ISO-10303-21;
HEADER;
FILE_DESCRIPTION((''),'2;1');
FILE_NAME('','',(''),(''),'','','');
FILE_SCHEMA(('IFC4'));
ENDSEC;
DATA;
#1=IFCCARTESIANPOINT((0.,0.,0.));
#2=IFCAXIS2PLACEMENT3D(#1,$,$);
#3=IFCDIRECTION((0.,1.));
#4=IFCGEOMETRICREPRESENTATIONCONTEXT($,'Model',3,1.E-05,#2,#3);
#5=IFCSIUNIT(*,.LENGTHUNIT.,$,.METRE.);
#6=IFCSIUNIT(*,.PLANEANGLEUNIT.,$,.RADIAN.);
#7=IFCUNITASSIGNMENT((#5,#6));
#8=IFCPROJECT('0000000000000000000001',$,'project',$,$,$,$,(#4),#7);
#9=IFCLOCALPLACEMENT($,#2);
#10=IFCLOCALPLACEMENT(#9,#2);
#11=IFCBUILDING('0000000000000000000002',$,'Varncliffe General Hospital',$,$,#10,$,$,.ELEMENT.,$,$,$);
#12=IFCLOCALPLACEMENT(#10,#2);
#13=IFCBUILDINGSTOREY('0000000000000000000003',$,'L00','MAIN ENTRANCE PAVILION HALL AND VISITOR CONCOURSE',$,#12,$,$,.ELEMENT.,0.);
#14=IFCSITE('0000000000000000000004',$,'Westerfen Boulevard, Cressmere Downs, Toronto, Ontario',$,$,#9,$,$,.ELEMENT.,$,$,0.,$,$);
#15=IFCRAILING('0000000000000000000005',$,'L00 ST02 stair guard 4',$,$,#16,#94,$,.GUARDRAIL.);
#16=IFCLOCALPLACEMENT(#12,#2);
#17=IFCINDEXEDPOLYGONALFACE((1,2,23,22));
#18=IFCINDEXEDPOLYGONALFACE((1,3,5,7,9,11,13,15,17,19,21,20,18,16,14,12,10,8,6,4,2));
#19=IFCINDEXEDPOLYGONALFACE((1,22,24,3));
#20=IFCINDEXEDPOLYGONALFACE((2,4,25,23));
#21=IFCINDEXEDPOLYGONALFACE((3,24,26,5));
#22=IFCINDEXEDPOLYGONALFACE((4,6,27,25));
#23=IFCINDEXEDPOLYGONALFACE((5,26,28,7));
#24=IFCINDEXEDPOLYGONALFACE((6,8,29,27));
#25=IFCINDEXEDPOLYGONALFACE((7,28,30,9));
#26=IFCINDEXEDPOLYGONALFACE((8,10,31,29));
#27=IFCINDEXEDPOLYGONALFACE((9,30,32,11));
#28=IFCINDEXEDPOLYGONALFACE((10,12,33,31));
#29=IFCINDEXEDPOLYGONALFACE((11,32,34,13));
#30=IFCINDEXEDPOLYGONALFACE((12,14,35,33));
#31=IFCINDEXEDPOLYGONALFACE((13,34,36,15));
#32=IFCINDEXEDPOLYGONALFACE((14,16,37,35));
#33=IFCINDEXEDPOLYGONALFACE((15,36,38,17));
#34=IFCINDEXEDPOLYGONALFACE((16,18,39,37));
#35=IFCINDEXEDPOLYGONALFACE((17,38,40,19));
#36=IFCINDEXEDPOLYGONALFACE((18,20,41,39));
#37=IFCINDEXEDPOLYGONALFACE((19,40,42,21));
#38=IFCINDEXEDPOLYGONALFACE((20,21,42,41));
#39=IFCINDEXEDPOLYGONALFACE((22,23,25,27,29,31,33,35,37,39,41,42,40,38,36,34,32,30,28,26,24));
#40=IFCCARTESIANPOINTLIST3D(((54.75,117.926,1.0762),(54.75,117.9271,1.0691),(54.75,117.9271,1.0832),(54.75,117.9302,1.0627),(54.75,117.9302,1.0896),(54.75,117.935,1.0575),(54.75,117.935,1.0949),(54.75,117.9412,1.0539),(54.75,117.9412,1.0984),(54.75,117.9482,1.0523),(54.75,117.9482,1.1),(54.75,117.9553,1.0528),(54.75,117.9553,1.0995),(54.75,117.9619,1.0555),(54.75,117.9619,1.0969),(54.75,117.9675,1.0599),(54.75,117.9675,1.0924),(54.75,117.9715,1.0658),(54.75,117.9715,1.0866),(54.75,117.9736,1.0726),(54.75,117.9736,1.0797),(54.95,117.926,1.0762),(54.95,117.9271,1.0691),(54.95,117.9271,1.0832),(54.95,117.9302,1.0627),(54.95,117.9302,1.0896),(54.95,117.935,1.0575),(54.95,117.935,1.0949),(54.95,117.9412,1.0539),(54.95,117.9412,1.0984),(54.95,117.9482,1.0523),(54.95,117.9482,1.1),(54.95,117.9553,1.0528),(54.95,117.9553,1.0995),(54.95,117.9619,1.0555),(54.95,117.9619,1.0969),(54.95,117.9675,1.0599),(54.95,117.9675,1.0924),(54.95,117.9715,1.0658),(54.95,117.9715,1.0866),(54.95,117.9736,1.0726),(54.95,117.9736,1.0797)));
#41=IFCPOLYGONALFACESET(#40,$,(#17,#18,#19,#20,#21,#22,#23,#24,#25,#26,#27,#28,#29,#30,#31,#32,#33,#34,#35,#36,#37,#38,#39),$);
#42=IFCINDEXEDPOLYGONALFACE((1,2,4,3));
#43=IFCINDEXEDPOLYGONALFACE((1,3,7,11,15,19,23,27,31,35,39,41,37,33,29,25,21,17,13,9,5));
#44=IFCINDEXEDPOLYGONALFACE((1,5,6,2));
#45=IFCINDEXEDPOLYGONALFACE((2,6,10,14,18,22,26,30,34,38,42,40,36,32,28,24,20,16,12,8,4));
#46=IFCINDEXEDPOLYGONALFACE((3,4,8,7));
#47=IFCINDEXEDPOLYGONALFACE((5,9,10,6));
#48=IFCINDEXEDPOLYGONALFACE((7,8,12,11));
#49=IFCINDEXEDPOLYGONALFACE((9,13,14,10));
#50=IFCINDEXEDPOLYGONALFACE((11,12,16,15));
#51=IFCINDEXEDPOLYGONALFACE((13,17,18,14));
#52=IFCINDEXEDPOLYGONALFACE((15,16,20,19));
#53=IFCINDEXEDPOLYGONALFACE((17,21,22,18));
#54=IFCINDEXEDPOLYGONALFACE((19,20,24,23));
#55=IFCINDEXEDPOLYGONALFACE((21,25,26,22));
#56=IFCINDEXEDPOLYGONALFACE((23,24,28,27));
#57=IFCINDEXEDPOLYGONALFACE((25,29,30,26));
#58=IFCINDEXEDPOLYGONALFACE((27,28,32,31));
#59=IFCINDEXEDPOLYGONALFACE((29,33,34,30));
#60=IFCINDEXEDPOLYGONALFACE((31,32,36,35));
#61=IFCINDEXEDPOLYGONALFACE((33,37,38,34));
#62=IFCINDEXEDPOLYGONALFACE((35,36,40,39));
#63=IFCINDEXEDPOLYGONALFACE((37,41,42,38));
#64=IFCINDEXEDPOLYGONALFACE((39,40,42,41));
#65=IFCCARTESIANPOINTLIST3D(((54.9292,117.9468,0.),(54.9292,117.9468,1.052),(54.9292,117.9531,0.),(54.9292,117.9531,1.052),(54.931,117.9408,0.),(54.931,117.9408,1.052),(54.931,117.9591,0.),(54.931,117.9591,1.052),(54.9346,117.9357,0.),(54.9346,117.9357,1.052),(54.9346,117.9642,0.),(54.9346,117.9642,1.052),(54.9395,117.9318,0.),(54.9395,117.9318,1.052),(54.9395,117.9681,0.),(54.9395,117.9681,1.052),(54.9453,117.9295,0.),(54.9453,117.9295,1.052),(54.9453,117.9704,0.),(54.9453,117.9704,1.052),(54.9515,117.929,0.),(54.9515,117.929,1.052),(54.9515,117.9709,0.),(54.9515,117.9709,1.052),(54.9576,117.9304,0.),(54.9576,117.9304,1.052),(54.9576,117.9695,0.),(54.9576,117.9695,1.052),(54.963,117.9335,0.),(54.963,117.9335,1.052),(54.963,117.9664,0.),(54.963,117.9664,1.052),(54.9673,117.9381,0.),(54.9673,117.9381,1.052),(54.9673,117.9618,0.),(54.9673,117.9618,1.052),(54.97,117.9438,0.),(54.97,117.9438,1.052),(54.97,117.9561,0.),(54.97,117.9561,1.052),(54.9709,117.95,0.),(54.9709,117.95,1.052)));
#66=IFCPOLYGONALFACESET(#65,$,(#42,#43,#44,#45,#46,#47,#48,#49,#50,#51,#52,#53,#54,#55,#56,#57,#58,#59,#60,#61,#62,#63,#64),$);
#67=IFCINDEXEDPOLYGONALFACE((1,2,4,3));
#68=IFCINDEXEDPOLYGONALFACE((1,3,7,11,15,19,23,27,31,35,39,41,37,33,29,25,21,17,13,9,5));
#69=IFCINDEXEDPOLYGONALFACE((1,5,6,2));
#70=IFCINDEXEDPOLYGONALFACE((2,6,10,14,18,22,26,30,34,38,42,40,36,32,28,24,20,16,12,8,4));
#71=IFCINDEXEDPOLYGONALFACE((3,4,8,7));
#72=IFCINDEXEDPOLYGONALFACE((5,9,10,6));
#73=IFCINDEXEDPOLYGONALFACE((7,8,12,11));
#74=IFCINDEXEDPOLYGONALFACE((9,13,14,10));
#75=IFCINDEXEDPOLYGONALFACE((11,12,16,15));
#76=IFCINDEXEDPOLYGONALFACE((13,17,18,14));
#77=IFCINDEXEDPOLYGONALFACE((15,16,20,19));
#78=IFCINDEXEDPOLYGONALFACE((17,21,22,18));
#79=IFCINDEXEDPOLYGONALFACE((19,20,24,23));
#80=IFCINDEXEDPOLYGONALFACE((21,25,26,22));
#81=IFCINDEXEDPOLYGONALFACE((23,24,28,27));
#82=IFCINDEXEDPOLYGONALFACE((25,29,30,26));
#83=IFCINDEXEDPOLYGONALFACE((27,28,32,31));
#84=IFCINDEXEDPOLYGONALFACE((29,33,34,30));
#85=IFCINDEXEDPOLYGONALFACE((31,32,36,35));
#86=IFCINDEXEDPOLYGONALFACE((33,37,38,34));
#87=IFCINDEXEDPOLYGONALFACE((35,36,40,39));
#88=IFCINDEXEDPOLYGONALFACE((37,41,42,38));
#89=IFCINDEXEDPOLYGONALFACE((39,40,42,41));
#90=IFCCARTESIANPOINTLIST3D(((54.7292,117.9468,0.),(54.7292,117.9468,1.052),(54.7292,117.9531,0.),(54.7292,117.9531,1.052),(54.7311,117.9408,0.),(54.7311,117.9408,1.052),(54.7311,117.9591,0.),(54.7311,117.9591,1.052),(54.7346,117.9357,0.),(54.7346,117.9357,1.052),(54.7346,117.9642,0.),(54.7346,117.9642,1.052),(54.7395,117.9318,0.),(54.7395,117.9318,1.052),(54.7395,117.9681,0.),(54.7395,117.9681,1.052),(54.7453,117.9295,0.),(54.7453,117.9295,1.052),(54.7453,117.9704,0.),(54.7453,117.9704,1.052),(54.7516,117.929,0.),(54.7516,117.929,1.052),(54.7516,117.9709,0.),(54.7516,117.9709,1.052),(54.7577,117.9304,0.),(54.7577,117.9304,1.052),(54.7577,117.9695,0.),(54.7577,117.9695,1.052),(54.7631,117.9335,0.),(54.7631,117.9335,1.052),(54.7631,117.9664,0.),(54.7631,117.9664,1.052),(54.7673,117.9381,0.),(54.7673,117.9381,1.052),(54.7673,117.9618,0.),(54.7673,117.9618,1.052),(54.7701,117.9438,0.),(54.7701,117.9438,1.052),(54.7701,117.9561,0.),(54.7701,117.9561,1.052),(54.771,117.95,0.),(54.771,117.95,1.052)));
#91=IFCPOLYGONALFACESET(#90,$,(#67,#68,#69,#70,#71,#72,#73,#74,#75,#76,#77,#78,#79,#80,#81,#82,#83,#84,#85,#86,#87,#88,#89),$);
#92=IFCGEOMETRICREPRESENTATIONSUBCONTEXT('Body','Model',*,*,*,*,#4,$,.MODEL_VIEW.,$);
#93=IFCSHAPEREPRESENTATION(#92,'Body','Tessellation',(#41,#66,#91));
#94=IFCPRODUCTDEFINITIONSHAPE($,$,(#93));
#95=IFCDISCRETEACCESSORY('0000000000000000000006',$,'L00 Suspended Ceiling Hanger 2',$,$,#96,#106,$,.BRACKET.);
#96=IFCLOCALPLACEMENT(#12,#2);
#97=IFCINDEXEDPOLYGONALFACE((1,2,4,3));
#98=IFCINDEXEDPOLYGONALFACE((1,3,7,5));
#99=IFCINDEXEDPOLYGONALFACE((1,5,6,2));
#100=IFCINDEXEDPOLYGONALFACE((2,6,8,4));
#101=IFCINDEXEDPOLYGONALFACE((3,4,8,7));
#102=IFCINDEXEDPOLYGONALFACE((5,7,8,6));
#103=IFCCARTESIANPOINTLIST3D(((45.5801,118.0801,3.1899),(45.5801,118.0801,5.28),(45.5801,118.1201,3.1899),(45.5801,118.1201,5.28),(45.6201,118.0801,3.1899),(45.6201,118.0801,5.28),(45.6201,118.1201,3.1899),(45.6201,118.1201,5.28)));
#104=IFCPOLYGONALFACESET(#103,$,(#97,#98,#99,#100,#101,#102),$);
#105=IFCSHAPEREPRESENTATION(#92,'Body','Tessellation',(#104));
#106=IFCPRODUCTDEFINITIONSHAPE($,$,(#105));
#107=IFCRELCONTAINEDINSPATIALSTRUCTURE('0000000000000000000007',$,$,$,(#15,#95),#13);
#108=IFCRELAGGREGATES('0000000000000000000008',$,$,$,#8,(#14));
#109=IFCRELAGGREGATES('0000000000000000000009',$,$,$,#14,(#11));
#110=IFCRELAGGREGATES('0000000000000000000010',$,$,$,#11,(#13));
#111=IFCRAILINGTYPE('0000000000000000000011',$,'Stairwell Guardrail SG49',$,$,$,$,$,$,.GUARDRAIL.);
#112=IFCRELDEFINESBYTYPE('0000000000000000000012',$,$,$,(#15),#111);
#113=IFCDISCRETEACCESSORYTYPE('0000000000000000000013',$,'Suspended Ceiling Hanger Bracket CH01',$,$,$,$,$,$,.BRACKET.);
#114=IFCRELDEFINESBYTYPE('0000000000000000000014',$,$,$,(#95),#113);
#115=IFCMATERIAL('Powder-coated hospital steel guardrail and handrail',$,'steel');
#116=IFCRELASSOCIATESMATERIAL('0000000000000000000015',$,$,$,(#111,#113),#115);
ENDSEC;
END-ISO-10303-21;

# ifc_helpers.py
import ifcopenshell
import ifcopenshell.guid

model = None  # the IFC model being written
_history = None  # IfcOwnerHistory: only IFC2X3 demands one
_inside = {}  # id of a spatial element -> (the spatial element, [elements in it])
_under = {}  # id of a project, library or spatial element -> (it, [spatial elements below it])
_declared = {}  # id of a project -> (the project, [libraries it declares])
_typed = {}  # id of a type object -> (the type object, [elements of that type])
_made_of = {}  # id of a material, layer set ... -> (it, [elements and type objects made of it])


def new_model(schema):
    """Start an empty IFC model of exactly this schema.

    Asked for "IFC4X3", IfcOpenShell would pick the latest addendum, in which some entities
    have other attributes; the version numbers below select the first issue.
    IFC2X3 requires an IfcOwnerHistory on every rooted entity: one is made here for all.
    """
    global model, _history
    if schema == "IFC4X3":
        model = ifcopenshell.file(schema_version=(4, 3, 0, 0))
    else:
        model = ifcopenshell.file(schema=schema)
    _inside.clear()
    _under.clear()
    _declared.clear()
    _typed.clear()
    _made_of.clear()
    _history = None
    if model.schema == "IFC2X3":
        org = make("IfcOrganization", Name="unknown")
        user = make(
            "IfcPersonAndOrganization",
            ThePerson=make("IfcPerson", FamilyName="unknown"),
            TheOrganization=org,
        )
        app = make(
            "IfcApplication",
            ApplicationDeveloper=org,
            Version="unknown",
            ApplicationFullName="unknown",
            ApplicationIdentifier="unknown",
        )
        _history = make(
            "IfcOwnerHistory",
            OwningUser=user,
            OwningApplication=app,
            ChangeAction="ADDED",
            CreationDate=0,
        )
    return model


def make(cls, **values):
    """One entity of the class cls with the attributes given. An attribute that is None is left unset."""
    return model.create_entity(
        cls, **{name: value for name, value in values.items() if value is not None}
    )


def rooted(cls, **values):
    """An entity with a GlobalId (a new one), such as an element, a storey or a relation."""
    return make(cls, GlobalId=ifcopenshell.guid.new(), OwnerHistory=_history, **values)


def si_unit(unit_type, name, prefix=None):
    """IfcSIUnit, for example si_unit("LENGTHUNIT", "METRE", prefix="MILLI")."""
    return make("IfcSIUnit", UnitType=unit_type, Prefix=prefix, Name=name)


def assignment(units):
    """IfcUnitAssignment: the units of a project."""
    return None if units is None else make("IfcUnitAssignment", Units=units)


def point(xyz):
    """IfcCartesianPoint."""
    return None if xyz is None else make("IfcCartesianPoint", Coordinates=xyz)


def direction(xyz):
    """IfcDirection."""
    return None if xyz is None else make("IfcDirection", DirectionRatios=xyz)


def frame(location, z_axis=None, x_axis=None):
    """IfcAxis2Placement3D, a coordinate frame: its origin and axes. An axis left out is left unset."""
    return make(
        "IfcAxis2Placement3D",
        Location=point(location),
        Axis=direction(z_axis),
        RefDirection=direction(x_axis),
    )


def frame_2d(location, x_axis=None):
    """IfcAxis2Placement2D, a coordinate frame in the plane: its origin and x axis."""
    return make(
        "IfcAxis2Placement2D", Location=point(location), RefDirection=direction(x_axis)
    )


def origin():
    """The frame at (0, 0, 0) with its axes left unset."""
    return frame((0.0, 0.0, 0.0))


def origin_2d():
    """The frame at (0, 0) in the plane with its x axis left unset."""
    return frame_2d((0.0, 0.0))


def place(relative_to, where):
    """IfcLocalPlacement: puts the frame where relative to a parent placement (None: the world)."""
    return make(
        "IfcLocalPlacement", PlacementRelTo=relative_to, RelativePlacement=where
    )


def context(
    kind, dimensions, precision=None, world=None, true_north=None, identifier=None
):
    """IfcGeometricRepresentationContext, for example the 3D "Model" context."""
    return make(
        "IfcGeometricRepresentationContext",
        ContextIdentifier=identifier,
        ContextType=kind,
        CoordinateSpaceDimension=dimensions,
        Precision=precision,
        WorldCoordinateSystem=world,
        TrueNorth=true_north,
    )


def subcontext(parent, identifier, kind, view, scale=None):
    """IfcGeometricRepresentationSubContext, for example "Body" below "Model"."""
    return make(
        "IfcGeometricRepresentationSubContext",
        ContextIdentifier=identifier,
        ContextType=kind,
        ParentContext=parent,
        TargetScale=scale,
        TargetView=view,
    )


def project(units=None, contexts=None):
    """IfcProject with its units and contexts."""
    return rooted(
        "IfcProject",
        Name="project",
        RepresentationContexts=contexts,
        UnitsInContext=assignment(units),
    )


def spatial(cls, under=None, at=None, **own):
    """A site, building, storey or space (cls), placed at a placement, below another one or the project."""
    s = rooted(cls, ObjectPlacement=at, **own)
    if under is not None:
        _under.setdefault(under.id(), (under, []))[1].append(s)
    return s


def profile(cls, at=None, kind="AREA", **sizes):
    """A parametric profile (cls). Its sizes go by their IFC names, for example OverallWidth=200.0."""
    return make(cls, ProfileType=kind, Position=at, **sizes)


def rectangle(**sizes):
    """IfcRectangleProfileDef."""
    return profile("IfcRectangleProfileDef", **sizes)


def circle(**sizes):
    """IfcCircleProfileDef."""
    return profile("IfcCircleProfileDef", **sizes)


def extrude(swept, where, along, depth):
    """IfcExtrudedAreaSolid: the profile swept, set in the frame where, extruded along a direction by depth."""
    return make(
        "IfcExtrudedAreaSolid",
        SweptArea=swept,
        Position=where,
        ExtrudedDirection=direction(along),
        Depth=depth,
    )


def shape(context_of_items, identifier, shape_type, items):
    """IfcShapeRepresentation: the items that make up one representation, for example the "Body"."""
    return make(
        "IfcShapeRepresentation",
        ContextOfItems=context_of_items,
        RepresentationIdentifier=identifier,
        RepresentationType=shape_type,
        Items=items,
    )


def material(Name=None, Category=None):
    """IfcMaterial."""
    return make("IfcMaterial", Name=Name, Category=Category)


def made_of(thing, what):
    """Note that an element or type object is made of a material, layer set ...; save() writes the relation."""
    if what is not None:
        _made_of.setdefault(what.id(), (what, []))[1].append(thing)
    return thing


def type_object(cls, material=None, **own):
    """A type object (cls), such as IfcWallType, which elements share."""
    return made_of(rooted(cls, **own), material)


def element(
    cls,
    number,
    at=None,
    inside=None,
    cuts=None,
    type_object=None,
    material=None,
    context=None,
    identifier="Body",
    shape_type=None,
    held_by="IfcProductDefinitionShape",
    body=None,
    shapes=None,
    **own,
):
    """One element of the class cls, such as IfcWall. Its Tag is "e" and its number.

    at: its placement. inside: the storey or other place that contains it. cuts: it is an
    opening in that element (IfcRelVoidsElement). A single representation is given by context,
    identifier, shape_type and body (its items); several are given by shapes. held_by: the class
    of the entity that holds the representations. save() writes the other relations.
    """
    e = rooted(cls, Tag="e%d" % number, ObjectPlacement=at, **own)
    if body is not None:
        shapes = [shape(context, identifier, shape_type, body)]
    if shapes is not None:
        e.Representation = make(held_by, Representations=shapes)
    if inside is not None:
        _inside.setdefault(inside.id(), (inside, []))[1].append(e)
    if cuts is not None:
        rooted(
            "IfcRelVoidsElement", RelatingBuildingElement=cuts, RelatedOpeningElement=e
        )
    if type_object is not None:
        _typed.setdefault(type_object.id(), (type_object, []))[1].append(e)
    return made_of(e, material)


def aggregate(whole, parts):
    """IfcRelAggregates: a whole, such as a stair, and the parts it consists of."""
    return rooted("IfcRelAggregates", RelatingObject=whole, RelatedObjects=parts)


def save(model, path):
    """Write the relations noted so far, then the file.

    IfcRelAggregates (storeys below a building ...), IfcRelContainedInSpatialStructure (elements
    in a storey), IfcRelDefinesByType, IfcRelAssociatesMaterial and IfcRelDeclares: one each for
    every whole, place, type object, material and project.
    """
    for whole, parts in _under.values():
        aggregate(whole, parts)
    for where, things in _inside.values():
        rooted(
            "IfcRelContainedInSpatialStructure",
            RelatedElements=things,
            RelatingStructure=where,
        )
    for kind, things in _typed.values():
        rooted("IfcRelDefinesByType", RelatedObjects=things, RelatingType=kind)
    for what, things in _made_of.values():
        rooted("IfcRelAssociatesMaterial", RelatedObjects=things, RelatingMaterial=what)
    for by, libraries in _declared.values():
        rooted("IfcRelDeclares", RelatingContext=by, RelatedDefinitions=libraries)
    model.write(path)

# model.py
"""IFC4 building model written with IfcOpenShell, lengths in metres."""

from ifc_helpers import new_model, si_unit, direction, frame, origin, origin_2d, place, context, subcontext, project, spatial, rectangle, circle, extrude, material, type_object, element, save


model = new_model("IFC4")

# Units and contexts
model_context = context("Model", 3, precision=1e-05, world=origin(), true_north=direction((0.0, 1.0)))
body_context = subcontext(model_context, "Body", "Model", "MODEL_VIEW")
ifc_project = project(units=[si_unit("LENGTHUNIT", "METRE"), si_unit("PLANEANGLEUNIT", "RADIAN")], contexts=[model_context])

# Site, building, storey
site_placement = place(None, origin())
site = spatial("IfcSite", under=ifc_project, at=site_placement, Name="Westerfen Boulevard, Cressmere Downs, Toronto, Ontario", CompositionType="ELEMENT", RefElevation=0.0)
building_placement = place(site_placement, origin())
building = spatial("IfcBuilding", under=site, at=building_placement, Name="Varncliffe General Hospital", CompositionType="ELEMENT")
storey_placement = place(building_placement, origin())
storey = spatial("IfcBuildingStorey", under=building, at=storey_placement, Name="L00", Description="MAIN ENTRANCE PAVILION HALL AND VISITOR CONCOURSE", CompositionType="ELEMENT", Elevation=0.0)

# Railing
ifc_material_1 = material(Name="Powder-coated hospital steel guardrail and handrail", Category="steel")
railing_type_1 = type_object("IfcRailingType", Name="Stairwell Guardrail SG49", PredefinedType="GUARDRAIL", material=ifc_material_1)
railing_1_placement = place(storey_placement, frame((54.95, 117.95, 0.0)))
element("IfcRailing", 1, at=railing_1_placement, inside=storey, type_object=railing_type_1, Name="L00 ST02 stair guard 4", PredefinedType="GUARDRAIL", context=body_context, shape_type="SweptSolid", body=[
    extrude(circle(Radius=0.0239, at=origin_2d()), frame((0.0, 0.0, 1.0762), z_axis=(-1.0, 0.0, 0.0), x_axis=(0.0, -1.0, 0.0)), (0.0, 0.0, 1.0), 0.2),
    extrude(circle(Radius=0.021, at=origin_2d()), origin(), (0.0, 0.0, 1.0), 1.052),
    extrude(circle(Radius=0.021, at=origin_2d()), frame((-0.2, 0.0, 0.0)), (0.0, 0.0, 1.0), 1.052),
])

# Discrete accessory
discrete_accessory_type = type_object("IfcDiscreteAccessoryType", Name="Suspended Ceiling Hanger Bracket CH01", PredefinedType="BRACKET", material=ifc_material_1)
discrete_accessory_placement = place(storey_placement, frame((45.6001, 118.1001, 3.1899), z_axis=(0.0, 0.0, 1.0), x_axis=(1.0, 0.0, 0.0)))
element("IfcDiscreteAccessory", 2, at=discrete_accessory_placement, inside=storey, type_object=discrete_accessory_type, Name="L00 Suspended Ceiling Hanger 2", PredefinedType="BRACKET", context=body_context, shape_type="SweptSolid", body=[
    extrude(rectangle(XDim=0.04, YDim=0.04, at=origin_2d()), origin(), (0.0, 0.0, 1.0), 2.0901),
])

save(model, "model.ifc")
